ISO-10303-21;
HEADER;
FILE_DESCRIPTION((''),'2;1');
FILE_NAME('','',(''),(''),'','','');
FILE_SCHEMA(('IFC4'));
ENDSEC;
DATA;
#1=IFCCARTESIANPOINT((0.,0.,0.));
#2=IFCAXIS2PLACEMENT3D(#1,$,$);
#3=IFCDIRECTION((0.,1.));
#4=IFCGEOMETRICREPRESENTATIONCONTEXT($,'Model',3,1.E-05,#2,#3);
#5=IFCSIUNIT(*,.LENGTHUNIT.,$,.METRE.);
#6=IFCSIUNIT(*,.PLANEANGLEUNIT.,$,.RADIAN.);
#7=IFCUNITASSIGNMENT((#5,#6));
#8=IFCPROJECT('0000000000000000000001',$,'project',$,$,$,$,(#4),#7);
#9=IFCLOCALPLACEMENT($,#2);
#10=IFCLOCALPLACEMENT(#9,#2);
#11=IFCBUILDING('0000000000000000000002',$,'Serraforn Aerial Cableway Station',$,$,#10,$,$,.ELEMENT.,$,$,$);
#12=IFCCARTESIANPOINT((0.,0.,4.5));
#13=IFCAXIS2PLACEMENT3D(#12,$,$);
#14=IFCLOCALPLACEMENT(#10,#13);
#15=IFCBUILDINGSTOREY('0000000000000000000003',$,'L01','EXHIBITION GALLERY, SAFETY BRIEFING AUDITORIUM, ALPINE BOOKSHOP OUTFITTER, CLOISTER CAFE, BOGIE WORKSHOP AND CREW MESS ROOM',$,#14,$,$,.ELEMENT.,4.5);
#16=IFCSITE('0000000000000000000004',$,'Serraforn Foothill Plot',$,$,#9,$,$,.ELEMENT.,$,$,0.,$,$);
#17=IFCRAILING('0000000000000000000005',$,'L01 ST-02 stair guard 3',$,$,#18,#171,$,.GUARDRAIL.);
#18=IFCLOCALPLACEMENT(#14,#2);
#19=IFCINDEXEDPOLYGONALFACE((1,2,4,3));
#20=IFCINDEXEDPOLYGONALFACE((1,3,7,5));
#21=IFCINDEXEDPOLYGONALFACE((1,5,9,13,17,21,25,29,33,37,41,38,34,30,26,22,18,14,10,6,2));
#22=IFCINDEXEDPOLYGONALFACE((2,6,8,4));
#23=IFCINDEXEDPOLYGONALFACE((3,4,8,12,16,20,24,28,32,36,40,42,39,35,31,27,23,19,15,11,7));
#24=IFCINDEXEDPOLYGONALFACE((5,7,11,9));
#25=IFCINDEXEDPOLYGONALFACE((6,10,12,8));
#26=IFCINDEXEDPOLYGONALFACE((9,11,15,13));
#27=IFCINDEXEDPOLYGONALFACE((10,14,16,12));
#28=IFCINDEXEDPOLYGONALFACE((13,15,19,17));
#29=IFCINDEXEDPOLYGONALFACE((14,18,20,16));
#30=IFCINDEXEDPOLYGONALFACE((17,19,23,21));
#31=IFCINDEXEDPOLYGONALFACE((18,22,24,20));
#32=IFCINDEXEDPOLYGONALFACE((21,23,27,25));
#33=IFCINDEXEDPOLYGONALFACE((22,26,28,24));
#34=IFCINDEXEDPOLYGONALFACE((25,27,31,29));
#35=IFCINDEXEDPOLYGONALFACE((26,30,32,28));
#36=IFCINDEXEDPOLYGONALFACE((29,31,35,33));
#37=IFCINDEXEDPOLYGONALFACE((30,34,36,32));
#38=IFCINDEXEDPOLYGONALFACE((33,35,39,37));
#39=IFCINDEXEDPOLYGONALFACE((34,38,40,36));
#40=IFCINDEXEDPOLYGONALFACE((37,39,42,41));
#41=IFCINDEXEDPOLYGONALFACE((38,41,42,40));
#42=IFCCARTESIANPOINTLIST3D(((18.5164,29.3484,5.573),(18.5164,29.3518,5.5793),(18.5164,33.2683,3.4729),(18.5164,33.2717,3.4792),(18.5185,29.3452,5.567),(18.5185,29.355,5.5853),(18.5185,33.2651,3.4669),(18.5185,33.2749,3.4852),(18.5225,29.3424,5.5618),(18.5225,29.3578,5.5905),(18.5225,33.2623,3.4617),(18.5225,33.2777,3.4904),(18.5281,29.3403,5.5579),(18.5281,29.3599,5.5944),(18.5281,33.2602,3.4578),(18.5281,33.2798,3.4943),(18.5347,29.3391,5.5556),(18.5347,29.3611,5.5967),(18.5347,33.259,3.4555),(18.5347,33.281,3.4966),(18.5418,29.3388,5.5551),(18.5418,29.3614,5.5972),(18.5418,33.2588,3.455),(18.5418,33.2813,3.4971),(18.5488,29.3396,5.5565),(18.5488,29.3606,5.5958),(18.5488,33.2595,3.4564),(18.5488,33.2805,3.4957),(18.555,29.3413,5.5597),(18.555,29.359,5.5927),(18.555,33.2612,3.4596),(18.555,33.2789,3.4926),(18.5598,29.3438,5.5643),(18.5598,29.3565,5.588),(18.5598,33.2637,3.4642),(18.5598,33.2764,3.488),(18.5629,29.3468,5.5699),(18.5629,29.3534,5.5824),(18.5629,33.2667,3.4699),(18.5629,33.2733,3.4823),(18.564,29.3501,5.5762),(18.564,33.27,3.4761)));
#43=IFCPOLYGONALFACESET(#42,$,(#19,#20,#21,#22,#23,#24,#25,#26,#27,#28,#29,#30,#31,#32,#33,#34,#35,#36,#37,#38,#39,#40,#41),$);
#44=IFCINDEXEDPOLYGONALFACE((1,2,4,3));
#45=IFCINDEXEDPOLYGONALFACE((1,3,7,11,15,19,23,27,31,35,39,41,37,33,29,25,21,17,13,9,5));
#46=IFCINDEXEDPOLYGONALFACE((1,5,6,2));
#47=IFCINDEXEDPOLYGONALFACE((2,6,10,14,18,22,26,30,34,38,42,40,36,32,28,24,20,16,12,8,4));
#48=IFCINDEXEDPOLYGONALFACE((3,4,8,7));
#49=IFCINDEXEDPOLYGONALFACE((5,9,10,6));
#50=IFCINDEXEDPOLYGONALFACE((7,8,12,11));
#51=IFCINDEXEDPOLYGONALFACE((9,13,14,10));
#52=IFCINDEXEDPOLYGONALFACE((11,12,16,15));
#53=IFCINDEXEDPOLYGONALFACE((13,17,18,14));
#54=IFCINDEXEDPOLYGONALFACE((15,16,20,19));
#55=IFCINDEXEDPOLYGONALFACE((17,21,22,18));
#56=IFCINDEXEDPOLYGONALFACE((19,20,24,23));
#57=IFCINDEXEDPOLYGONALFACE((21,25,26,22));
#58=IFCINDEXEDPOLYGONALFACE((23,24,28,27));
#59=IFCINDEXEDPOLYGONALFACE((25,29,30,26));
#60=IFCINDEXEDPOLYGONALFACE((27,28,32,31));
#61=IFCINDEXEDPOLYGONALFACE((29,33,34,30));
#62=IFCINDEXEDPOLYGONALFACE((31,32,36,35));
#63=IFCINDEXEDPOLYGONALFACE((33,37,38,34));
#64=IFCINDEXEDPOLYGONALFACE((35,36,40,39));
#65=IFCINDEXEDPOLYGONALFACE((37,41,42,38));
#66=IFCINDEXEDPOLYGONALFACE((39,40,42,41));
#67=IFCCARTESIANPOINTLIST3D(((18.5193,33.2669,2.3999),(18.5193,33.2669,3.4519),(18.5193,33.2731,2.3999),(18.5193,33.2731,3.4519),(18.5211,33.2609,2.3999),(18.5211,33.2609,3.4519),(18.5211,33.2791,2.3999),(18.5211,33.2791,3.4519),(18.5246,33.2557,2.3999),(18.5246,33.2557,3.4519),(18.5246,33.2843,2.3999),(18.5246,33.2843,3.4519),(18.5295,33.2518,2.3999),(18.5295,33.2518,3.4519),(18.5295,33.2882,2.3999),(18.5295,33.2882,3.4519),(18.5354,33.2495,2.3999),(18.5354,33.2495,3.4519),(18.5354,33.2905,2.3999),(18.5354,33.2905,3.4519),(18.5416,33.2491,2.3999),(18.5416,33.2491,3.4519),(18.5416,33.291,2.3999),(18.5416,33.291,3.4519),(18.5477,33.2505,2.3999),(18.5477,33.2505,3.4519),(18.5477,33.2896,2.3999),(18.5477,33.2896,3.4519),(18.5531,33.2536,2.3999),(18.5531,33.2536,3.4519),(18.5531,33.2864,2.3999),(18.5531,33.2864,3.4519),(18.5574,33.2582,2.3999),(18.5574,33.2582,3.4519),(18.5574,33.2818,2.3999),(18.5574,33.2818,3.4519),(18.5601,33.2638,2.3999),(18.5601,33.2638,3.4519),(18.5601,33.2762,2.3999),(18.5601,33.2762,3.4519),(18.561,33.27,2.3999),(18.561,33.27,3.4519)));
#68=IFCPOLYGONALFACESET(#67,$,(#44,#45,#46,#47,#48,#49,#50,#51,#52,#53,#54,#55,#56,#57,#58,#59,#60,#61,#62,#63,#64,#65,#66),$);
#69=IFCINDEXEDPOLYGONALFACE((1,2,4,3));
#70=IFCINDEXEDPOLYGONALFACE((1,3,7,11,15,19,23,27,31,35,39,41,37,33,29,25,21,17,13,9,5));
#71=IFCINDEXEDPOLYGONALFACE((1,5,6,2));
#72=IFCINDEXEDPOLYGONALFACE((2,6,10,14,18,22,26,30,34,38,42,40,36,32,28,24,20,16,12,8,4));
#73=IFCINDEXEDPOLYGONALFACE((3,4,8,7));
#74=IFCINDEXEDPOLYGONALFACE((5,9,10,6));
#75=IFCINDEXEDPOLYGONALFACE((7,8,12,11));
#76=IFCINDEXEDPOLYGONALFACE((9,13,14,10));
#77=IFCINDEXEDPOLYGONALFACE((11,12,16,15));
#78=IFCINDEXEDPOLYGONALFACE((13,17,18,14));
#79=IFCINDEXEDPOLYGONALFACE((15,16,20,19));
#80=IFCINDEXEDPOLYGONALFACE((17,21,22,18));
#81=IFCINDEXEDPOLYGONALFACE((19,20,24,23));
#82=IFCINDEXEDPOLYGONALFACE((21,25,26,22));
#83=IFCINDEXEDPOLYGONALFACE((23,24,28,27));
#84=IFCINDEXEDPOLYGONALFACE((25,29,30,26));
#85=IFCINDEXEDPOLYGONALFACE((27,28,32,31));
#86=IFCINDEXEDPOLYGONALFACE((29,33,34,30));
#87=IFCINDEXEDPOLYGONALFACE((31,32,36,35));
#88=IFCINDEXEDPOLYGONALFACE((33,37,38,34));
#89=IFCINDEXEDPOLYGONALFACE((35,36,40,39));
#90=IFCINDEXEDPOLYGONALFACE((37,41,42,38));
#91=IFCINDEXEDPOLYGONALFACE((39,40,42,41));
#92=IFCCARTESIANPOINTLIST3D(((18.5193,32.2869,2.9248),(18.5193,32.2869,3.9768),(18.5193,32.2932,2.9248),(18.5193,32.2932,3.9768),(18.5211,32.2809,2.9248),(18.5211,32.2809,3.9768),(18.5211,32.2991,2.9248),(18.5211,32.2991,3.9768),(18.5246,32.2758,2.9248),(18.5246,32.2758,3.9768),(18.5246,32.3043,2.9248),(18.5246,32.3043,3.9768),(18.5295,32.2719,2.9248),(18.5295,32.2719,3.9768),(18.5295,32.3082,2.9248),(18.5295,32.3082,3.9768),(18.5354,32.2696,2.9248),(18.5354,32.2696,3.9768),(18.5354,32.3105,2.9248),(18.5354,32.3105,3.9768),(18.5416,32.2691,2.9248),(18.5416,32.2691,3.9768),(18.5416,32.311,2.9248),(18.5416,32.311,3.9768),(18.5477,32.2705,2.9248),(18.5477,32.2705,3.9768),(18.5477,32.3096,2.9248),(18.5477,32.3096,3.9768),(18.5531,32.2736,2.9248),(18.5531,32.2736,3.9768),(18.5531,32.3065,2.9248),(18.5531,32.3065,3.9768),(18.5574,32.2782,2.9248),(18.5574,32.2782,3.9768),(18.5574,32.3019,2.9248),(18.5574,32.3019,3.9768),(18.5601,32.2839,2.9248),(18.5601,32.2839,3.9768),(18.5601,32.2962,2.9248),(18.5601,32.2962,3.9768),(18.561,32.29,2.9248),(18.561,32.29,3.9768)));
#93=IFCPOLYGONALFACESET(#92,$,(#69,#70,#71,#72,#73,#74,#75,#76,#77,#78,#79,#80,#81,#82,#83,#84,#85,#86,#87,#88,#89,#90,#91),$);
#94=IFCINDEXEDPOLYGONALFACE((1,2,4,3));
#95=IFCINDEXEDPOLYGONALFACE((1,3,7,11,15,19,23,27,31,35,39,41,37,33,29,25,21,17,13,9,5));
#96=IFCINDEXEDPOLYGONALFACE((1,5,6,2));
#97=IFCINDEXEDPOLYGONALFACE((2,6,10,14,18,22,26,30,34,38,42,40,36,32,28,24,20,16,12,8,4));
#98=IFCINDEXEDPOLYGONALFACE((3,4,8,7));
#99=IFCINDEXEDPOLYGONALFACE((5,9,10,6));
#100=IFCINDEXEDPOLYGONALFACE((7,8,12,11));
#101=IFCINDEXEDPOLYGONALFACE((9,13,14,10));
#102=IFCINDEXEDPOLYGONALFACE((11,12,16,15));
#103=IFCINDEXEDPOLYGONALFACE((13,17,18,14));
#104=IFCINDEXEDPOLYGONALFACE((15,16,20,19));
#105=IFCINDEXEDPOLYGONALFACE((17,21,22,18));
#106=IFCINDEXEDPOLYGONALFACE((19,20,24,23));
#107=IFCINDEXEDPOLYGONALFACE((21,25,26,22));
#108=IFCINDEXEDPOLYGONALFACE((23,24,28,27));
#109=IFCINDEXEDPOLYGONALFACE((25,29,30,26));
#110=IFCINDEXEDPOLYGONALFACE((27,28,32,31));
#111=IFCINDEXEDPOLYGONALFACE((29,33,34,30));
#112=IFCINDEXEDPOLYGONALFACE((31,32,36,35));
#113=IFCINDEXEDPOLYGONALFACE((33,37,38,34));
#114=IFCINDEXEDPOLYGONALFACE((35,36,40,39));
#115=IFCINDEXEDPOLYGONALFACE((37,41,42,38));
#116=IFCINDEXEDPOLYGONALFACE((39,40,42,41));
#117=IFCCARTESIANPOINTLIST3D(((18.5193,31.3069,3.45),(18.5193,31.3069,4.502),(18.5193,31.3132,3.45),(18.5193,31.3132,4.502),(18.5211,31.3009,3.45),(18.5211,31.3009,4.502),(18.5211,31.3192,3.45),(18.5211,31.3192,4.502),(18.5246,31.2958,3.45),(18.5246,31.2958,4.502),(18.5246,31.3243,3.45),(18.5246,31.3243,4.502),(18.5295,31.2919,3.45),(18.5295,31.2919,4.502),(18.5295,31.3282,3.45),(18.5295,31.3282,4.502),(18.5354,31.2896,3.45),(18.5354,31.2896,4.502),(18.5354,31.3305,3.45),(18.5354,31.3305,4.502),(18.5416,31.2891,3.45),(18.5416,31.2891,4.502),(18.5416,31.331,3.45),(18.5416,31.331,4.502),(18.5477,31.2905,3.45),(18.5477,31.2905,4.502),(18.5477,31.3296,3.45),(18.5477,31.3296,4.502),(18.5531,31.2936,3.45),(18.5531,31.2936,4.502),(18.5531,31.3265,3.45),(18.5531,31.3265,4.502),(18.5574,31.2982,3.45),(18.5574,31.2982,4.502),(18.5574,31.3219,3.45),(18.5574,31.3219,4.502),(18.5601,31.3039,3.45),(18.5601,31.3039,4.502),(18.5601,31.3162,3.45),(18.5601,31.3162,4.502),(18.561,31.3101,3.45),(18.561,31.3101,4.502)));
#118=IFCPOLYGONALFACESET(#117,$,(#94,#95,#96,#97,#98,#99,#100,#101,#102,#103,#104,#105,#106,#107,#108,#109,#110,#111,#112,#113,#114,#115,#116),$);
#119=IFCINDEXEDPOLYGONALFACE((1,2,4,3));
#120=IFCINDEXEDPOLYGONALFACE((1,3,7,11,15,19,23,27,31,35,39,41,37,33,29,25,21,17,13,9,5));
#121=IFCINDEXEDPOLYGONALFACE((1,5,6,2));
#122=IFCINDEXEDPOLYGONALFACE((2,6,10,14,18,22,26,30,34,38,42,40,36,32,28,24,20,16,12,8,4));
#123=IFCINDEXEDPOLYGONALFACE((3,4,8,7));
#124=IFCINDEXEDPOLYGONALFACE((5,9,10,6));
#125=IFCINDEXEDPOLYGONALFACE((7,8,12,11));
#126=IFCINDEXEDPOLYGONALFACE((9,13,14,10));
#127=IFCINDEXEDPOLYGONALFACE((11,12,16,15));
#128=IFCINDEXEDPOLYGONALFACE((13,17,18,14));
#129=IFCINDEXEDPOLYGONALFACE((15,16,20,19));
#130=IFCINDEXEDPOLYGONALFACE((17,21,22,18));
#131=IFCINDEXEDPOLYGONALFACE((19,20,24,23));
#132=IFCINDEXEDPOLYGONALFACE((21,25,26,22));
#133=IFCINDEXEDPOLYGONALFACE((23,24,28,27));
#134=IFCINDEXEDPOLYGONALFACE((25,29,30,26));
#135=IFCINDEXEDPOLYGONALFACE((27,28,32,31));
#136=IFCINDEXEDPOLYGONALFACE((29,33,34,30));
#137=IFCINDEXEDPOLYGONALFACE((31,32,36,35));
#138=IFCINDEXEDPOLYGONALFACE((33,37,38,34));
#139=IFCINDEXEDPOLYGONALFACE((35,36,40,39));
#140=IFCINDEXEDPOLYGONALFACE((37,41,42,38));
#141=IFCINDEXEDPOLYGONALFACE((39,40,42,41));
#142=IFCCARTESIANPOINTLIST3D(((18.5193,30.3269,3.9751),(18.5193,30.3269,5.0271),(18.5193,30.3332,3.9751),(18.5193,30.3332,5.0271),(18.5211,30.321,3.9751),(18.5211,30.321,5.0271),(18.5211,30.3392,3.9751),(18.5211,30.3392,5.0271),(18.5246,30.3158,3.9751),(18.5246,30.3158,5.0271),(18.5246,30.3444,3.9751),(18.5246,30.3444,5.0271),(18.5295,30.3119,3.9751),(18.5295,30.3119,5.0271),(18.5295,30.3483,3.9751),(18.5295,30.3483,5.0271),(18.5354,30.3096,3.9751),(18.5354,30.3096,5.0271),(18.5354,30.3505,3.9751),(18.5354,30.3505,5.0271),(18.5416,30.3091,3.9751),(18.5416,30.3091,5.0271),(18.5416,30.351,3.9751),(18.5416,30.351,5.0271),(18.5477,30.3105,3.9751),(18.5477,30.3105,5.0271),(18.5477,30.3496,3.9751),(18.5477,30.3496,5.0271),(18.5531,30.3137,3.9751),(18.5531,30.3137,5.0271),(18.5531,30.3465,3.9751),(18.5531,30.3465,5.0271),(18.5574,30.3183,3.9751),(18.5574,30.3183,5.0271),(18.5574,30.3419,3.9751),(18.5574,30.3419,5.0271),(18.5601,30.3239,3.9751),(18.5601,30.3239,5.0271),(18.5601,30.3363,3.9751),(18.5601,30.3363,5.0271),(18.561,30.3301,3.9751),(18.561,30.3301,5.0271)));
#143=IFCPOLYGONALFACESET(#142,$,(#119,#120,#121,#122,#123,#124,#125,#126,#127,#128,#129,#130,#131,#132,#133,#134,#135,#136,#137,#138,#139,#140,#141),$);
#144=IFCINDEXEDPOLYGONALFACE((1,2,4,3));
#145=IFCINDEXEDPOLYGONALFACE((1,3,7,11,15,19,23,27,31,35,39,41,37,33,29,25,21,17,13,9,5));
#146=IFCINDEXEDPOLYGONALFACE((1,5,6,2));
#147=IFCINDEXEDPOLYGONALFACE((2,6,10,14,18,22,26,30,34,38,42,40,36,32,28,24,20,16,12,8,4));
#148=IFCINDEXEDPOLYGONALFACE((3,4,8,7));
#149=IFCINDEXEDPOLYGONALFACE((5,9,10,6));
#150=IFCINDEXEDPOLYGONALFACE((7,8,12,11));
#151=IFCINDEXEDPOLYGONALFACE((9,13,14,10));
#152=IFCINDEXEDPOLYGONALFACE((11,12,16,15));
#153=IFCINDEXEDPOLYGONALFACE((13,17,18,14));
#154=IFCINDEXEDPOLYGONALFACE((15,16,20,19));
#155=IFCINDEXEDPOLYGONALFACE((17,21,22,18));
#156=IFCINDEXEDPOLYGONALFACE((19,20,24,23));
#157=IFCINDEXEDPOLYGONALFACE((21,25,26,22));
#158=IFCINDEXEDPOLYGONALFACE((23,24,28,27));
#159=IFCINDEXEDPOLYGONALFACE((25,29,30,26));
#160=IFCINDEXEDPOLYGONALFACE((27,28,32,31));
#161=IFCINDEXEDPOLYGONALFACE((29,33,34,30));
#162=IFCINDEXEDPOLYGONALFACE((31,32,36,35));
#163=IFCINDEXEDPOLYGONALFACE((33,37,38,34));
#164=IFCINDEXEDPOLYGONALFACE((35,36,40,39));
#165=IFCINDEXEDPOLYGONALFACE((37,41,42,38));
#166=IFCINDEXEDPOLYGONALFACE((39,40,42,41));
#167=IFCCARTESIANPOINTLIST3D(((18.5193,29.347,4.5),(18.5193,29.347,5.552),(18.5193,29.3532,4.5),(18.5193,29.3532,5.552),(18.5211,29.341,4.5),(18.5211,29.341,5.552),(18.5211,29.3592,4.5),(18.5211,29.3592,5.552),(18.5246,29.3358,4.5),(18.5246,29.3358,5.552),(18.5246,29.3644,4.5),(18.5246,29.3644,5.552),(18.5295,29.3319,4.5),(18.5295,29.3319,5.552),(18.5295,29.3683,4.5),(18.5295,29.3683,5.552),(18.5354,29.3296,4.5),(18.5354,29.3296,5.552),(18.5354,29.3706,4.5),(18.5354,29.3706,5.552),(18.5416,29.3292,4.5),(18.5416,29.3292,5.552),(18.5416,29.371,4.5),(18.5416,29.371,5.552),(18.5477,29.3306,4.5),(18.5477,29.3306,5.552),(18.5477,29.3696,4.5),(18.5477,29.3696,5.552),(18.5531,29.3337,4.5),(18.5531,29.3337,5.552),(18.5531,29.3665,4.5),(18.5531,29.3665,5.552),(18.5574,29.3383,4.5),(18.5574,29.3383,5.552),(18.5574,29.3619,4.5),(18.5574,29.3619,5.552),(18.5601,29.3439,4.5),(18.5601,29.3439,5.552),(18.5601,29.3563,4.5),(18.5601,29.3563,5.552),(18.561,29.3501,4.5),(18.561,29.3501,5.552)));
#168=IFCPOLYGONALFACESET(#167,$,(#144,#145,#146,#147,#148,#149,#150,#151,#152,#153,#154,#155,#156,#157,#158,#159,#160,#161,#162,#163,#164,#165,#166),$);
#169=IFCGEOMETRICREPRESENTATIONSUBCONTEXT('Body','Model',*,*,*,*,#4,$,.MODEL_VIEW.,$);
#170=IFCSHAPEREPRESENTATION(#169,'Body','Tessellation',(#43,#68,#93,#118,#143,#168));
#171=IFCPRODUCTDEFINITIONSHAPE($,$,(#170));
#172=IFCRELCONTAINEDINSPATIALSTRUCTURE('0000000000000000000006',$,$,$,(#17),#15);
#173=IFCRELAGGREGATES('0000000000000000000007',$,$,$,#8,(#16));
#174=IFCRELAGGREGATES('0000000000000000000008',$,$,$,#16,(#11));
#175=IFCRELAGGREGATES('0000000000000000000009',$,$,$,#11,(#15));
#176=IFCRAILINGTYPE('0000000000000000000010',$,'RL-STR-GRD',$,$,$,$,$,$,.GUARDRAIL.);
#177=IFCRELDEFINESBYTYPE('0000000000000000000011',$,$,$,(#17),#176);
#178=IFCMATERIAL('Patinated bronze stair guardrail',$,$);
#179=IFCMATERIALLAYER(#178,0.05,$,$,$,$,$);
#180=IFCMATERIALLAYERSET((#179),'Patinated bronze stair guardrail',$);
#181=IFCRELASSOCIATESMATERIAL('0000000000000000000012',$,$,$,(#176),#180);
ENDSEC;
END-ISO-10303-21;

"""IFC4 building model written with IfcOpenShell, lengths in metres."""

from ifc_helpers import new_model, si_unit, direction, frame, origin, origin_2d, place, context, subcontext, project, spatial, circle, extrude, material, layer, layer_set, type_object, element, save


model = new_model("IFC4")

# Units and contexts
model_context = context("Model", 3, precision=1e-05, world=origin(), true_north=direction((0.0, 1.0)))
body_context = subcontext(model_context, "Body", "Model", "MODEL_VIEW")
ifc_project = project(units=[si_unit("LENGTHUNIT", "METRE"), si_unit("PLANEANGLEUNIT", "RADIAN")], contexts=[model_context])

# Site, building, storey
site_placement = place(None, origin())
site = spatial("IfcSite", under=ifc_project, at=site_placement, Name="Serraforn Foothill Plot", CompositionType="ELEMENT", RefElevation=0.0)
building_placement = place(site_placement, origin())
building = spatial("IfcBuilding", under=site, at=building_placement, Name="Serraforn Aerial Cableway Station", CompositionType="ELEMENT")
storey_placement = place(building_placement, frame((0.0, 0.0, 4.5)))
storey = spatial("IfcBuildingStorey", under=building, at=storey_placement, Name="L01", Description="EXHIBITION GALLERY, SAFETY BRIEFING AUDITORIUM, ALPINE BOOKSHOP OUTFITTER, CLOISTER CAFE, BOGIE WORKSHOP AND CREW MESS ROOM", CompositionType="ELEMENT", Elevation=4.5)

# Railing
ifc_material_1 = material(Name="Patinated bronze stair guardrail")
ifc_layer_1 = layer(ifc_material_1, 0.05)
ifc_layer_set_1 = layer_set([ifc_layer_1], Name="Patinated bronze stair guardrail")
railing_type_1 = type_object("IfcRailingType", Name="RL-STR-GRD", PredefinedType="GUARDRAIL", material=ifc_layer_set_1)
railing_1_placement = place(storey_placement, frame((18.54, 33.27, 2.3999)))
element("IfcRailing", 1, at=railing_1_placement, inside=storey, type_object=railing_type_1, Name="L01 ST-02 stair guard 3", PredefinedType="GUARDRAIL", context=body_context, shape_type="SweptSolid", body=[
    extrude(circle(Radius=0.0239, at=origin_2d()), frame((0.0, 0.0, 1.0762), z_axis=(0.0, -0.881467, 0.472246), x_axis=(1.0, 0.0, 0.0)), (0.0, 0.0, 1.0), 4.447),
    extrude(circle(Radius=0.021, at=origin_2d()), origin(), (0.0, 0.0, 1.0), 1.052),
    extrude(circle(Radius=0.021, at=origin_2d()), frame((0.0, -0.98, 0.5249)), (0.0, 0.0, 1.0), 1.052),
    extrude(circle(Radius=0.021, at=origin_2d()), frame((0.0, -1.96, 1.05)), (0.0, 0.0, 1.0), 1.052),
    extrude(circle(Radius=0.021, at=origin_2d()), frame((0.0, -2.9399, 1.5752)), (0.0, 0.0, 1.0), 1.052),
    extrude(circle(Radius=0.021, at=origin_2d()), frame((0.0, -3.9199, 2.1001)), (0.0, 0.0, 1.0), 1.052),
])

save(model, "model.ifc")
